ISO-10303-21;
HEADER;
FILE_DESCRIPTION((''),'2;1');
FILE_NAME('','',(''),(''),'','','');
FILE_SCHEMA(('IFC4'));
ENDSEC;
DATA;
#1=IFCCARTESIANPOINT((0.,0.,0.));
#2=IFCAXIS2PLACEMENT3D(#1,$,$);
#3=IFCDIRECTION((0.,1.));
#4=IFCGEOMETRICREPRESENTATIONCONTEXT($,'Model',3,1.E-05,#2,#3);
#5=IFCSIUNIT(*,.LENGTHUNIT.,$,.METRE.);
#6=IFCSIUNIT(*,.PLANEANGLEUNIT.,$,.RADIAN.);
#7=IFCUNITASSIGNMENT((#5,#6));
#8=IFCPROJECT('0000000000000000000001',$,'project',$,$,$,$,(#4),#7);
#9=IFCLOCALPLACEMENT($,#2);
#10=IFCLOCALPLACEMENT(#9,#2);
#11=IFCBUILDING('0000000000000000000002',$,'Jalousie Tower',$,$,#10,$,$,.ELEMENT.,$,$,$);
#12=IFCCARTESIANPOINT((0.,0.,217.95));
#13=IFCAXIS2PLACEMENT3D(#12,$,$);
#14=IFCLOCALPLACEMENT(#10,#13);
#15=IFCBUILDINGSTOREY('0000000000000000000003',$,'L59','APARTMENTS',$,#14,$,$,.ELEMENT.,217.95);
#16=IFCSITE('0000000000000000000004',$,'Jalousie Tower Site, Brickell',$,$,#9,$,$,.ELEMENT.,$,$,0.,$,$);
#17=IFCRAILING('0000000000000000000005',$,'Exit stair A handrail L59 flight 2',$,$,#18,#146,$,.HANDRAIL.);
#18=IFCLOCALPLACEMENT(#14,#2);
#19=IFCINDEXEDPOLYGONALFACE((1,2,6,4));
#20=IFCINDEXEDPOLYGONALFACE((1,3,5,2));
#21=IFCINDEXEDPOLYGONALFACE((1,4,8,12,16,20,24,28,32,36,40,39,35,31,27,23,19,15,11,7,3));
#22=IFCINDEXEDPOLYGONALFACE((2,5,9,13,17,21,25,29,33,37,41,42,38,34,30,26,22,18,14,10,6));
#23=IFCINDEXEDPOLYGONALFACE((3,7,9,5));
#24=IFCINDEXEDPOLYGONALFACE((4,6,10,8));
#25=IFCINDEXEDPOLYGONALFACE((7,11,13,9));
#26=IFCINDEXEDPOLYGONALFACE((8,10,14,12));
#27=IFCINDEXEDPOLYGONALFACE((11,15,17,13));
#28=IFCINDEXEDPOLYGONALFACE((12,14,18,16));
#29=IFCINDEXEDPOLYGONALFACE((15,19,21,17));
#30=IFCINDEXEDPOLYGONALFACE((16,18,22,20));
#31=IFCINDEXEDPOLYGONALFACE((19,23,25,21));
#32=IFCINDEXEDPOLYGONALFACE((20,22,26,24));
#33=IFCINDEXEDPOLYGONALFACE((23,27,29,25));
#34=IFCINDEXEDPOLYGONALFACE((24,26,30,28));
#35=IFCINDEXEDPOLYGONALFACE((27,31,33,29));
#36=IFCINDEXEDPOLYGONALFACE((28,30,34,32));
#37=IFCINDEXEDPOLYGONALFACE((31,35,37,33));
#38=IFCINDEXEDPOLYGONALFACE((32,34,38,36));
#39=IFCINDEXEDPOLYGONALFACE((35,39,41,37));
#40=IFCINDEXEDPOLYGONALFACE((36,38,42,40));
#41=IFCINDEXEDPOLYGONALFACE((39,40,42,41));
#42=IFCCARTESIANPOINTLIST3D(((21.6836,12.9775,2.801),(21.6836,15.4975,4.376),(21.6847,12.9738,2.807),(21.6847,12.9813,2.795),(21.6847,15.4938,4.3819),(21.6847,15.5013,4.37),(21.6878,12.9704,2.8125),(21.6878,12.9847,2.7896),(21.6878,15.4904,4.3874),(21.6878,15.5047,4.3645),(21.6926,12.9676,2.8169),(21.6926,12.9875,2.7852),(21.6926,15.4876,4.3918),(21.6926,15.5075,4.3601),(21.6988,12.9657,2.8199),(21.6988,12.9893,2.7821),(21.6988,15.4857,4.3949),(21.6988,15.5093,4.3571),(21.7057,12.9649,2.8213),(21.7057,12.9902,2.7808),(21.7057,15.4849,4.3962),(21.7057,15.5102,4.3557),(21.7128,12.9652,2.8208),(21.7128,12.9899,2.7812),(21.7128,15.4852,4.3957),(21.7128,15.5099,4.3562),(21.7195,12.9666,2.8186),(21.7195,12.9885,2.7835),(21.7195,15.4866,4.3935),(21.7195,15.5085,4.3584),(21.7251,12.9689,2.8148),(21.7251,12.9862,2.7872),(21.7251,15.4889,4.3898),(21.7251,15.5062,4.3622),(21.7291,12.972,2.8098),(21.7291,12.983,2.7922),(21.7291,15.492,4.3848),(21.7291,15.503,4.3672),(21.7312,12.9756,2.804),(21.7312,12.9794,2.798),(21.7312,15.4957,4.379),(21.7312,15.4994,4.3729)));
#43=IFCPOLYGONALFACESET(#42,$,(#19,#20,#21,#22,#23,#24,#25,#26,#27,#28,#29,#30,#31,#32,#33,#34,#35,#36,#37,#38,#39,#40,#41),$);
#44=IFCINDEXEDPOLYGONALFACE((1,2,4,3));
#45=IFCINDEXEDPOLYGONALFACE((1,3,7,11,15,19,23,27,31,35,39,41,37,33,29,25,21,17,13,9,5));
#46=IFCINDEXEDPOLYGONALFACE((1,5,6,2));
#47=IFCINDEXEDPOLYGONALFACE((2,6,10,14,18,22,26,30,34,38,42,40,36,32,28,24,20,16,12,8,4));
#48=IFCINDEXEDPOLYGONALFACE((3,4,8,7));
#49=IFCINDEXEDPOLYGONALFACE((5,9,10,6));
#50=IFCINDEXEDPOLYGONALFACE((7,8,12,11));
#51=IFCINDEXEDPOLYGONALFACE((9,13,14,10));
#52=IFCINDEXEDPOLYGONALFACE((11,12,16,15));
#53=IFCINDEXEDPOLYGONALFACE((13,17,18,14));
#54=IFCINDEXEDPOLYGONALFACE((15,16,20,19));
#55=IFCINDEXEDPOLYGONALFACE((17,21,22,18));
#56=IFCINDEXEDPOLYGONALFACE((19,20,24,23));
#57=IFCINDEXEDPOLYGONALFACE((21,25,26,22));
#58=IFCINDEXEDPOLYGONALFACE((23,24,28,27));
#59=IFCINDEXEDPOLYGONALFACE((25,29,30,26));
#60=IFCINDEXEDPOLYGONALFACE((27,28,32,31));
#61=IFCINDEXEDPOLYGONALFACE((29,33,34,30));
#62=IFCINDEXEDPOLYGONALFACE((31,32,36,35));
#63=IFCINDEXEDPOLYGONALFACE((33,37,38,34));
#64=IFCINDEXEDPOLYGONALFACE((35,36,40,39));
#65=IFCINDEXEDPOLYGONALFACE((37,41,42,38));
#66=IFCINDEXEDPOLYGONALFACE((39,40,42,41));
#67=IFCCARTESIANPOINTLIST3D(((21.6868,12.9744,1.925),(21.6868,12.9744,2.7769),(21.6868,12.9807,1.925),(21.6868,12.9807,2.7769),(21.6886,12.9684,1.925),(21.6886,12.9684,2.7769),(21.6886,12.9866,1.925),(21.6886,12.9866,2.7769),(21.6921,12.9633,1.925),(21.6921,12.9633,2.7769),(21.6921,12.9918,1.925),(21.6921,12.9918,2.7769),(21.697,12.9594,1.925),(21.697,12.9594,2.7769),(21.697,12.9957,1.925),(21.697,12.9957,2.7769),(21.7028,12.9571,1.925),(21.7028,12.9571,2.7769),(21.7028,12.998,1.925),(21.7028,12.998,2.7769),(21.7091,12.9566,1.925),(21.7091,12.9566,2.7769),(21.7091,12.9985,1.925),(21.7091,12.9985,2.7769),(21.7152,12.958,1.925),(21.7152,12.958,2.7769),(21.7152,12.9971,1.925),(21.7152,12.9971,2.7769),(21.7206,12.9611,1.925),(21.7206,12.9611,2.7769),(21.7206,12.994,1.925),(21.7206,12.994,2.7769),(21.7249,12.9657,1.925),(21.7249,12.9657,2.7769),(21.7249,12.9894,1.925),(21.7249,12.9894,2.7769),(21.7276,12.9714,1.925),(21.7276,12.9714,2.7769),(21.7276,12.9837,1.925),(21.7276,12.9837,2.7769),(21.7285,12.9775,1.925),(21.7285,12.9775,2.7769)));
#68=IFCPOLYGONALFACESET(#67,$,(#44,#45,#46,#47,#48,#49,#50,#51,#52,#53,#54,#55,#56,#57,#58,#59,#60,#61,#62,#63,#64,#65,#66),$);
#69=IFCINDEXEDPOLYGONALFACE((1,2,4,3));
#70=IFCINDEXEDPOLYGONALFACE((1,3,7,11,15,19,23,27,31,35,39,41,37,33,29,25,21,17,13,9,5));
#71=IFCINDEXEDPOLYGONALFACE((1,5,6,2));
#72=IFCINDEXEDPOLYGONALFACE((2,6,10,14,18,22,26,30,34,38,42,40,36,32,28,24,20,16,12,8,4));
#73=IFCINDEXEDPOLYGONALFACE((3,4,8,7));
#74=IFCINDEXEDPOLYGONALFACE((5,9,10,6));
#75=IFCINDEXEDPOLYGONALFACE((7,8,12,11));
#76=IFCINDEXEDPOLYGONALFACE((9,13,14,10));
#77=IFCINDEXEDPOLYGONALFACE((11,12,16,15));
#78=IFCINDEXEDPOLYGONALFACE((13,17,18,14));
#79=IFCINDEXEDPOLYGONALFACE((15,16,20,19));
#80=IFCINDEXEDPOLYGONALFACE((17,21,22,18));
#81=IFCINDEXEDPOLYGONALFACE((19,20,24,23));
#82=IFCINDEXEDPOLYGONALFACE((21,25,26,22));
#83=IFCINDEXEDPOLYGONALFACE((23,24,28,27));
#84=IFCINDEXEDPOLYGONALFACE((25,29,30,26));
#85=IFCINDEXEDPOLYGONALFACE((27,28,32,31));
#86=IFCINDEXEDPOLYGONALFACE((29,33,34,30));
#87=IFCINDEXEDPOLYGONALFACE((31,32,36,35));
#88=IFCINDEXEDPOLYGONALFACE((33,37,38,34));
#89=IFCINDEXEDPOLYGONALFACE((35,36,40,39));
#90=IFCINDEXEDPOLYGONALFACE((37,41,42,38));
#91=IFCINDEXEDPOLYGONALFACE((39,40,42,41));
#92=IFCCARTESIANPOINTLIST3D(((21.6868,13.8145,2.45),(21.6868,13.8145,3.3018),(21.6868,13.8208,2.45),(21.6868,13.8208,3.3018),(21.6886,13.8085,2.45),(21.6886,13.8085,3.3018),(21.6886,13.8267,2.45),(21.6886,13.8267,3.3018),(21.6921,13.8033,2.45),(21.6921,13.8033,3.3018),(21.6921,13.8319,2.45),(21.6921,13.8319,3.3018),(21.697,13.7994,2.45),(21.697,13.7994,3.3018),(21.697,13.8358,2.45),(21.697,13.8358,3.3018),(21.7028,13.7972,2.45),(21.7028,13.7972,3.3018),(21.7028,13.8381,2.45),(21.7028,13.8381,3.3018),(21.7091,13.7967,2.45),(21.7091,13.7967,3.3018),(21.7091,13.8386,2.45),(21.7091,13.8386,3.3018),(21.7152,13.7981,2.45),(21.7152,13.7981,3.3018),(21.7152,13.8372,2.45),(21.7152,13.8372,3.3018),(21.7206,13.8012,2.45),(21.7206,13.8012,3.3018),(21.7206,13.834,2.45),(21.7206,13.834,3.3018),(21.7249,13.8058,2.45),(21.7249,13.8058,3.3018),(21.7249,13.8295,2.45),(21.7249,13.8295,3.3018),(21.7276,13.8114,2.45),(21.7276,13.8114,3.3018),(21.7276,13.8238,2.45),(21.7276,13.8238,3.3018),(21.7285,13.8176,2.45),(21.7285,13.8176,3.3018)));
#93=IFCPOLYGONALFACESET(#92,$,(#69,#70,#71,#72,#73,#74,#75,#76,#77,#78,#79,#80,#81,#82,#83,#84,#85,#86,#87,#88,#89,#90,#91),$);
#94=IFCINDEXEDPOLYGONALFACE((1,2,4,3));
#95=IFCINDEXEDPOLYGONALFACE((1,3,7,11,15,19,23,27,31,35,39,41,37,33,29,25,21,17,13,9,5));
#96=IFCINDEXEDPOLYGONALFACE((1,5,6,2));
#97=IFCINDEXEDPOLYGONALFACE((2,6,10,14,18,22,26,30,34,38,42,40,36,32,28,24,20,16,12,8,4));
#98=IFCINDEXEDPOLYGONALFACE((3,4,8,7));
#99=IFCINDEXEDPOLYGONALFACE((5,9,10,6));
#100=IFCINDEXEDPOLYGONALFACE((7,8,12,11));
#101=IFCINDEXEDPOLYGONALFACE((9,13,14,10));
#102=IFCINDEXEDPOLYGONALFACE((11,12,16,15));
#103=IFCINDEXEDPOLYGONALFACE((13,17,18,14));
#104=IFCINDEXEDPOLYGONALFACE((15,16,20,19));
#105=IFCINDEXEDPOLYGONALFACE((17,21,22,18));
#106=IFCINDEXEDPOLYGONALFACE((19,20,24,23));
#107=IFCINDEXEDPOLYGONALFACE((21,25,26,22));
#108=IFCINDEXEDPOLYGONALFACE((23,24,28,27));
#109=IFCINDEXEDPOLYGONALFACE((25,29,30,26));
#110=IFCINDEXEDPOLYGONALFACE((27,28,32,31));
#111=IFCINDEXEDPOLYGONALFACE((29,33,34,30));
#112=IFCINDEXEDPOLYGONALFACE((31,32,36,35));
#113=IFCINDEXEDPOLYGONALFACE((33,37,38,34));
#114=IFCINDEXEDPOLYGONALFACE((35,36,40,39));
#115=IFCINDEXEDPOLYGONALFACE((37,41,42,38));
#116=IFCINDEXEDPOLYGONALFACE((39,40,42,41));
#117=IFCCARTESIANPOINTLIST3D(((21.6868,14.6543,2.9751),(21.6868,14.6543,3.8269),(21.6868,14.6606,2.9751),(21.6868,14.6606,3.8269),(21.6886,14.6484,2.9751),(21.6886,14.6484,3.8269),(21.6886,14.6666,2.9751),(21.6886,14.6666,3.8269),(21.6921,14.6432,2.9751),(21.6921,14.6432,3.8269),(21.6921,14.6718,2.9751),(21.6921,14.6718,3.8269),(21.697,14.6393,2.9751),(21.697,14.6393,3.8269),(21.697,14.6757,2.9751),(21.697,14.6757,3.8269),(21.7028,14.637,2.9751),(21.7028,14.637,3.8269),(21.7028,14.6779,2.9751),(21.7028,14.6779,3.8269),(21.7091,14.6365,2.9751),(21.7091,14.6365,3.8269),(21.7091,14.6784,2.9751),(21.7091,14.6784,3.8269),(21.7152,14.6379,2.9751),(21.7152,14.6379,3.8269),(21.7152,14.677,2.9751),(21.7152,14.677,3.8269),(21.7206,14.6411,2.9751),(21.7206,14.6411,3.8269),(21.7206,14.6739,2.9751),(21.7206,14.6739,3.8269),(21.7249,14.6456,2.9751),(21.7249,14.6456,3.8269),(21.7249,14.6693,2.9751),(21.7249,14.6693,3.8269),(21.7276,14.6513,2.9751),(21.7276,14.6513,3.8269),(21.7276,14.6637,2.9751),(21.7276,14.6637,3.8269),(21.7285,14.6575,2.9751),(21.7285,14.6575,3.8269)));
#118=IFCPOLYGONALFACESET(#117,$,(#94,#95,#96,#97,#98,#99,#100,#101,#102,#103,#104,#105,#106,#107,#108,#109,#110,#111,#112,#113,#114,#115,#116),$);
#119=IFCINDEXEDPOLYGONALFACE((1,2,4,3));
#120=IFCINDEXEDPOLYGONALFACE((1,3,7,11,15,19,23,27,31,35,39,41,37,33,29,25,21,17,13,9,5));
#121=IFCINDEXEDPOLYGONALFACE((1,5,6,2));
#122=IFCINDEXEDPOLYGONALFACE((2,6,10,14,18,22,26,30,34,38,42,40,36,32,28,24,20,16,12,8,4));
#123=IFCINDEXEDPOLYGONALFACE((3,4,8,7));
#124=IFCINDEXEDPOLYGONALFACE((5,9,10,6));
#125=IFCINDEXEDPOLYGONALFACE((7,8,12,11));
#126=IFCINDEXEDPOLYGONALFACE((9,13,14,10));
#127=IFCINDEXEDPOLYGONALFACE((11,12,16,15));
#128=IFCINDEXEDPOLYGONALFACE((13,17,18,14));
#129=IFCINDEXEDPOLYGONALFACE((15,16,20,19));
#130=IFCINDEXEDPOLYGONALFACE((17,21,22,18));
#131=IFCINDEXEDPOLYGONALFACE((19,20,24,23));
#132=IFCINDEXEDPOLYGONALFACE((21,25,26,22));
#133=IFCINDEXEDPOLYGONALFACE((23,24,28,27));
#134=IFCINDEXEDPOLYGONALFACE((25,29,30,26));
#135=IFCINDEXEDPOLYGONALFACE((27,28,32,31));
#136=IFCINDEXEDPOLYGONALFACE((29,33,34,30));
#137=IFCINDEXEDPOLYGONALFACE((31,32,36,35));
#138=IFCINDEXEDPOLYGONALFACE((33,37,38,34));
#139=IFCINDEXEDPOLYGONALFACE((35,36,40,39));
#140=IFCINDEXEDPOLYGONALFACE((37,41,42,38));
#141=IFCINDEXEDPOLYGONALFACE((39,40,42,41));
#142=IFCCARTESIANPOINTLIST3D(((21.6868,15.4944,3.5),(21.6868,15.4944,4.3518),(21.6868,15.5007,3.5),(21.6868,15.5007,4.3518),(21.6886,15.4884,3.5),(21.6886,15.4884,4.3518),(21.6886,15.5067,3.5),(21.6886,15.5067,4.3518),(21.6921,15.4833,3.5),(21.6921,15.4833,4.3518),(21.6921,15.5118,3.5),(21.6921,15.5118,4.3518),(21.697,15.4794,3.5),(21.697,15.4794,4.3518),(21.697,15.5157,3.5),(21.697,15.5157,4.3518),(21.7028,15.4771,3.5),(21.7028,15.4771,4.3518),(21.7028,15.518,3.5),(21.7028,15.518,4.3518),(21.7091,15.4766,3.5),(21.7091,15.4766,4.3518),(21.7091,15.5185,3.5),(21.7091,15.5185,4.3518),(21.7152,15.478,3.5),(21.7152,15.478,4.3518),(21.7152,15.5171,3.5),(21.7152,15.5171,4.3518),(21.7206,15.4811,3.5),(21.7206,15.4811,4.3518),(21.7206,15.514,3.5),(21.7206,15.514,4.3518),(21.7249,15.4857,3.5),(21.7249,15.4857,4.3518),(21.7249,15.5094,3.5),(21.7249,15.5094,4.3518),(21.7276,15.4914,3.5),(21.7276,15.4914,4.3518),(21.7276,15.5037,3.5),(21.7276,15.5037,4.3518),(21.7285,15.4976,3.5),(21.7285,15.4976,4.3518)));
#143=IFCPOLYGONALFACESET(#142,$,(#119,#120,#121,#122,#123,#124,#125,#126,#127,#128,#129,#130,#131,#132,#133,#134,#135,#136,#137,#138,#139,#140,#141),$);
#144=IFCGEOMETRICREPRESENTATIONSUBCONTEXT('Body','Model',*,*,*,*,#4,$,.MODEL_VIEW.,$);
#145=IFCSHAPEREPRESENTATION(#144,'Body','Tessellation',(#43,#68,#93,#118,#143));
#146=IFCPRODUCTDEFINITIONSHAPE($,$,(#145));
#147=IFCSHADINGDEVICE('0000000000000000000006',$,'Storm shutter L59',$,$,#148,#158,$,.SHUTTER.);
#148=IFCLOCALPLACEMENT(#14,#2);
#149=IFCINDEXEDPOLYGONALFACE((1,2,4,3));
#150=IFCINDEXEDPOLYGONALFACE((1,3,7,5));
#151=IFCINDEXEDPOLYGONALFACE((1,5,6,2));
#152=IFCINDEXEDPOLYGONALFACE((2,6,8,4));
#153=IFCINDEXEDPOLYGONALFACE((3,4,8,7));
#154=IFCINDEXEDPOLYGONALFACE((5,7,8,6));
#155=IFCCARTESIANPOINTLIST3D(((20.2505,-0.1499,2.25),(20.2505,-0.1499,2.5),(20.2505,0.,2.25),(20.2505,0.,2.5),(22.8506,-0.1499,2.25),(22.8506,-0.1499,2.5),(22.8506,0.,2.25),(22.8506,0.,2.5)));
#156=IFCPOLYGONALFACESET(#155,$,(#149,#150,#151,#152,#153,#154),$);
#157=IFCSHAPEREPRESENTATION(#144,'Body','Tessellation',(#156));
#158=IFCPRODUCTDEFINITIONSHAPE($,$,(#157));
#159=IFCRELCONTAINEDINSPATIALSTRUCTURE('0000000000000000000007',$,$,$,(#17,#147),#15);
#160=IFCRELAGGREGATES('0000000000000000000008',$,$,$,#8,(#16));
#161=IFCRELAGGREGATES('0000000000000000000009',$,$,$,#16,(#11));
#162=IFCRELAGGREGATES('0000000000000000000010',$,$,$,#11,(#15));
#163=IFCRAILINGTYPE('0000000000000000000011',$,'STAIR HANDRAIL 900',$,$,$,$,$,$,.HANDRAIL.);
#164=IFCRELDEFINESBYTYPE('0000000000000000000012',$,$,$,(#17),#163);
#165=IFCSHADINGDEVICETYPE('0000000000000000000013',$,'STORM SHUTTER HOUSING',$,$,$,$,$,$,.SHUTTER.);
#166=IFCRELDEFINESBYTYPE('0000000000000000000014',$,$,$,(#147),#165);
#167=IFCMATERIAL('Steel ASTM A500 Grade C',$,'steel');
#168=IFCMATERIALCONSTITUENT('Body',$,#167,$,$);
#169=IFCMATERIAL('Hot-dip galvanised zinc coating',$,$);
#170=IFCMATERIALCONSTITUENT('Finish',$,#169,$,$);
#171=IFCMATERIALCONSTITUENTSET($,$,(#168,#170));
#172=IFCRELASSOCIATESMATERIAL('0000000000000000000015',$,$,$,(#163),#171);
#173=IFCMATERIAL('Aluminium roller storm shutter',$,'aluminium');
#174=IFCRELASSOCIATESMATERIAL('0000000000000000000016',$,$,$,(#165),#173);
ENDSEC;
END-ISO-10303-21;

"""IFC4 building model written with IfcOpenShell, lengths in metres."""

from ifc_helpers import new_model, si_unit, direction, frame, origin, origin_2d, place, context, subcontext, project, spatial, rectangle, circle, extrude, material, constituent, constituent_set, type_object, element, save


model = new_model("IFC4")

# Units and contexts
model_context = context("Model", 3, precision=1e-05, world=origin(), true_north=direction((0.0, 1.0)))
body_context = subcontext(model_context, "Body", "Model", "MODEL_VIEW")
ifc_project = project(units=[si_unit("LENGTHUNIT", "METRE"), si_unit("PLANEANGLEUNIT", "RADIAN")], contexts=[model_context])

# Site, building, storey
site_placement = place(None, origin())
site = spatial("IfcSite", under=ifc_project, at=site_placement, Name="Jalousie Tower Site, Brickell", CompositionType="ELEMENT", RefElevation=0.0)
building_placement = place(site_placement, origin())
building = spatial("IfcBuilding", under=site, at=building_placement, Name="Jalousie Tower", CompositionType="ELEMENT")
storey_placement = place(building_placement, frame((0.0, 0.0, 217.95)))
storey = spatial("IfcBuildingStorey", under=building, at=storey_placement, Name="L59", Description="APARTMENTS", CompositionType="ELEMENT", Elevation=217.95)

# Railing
ifc_material_1 = material(Name="Steel ASTM A500 Grade C", Category="steel")
ifc_constituent_1 = constituent(ifc_material_1, Name="Body")
ifc_material_2 = material(Name="Hot-dip galvanised zinc coating")
ifc_constituent_2 = constituent(ifc_material_2, Name="Finish")
ifc_constituent_set_1 = constituent_set(constituents=[ifc_constituent_1, ifc_constituent_2])
railing_type_1 = type_object("IfcRailingType", Name="STAIR HANDRAIL 900", PredefinedType="HANDRAIL", material=ifc_constituent_set_1)
railing_1_placement = place(storey_placement, frame((21.7075, 12.9775, 1.925)))
element("IfcRailing", 1, at=railing_1_placement, inside=storey, type_object=railing_type_1, Name="Exit stair A handrail L59 flight 2", PredefinedType="HANDRAIL", context=body_context, shape_type="SweptSolid", body=[
    extrude(circle(Radius=0.0239, at=origin_2d()), frame((0.0, 0.0, 0.876), z_axis=(0.0, 0.848008, 0.529984), x_axis=(-1.0, 0.0, 0.0)), (0.0, 0.0, 1.0), 2.9717),
    extrude(circle(Radius=0.021, at=origin_2d()), origin(), (0.0, 0.0, 1.0), 0.8518),
    extrude(circle(Radius=0.021, at=origin_2d()), frame((0.0, 0.8401, 0.5249)), (0.0, 0.0, 1.0), 0.8518),
    extrude(circle(Radius=0.021, at=origin_2d()), frame((0.0, 1.6799, 1.05)), (0.0, 0.0, 1.0), 0.8518),
    extrude(circle(Radius=0.021, at=origin_2d()), frame((0.0, 2.52, 1.575)), (0.0, 0.0, 1.0), 0.8518),
])

# Shading device
ifc_material_3 = material(Name="Aluminium roller storm shutter", Category="aluminium")
shading_device_type = type_object("IfcShadingDeviceType", Name="STORM SHUTTER HOUSING", PredefinedType="SHUTTER", material=ifc_material_3)
shading_device_placement = place(storey_placement, frame((21.5505, -0.075, 2.25), z_axis=(0.0, 0.0, 1.0), x_axis=(1.0, 0.0, 0.0)))
element("IfcShadingDevice", 2, at=shading_device_placement, inside=storey, type_object=shading_device_type, Name="Storm shutter L59", PredefinedType="SHUTTER", context=body_context, shape_type="SweptSolid", body=[
    extrude(rectangle(XDim=2.6001, YDim=0.1499, at=origin_2d()), origin(), (0.0, 0.0, 1.0), 0.25),
])

save(model, "model.ifc")
